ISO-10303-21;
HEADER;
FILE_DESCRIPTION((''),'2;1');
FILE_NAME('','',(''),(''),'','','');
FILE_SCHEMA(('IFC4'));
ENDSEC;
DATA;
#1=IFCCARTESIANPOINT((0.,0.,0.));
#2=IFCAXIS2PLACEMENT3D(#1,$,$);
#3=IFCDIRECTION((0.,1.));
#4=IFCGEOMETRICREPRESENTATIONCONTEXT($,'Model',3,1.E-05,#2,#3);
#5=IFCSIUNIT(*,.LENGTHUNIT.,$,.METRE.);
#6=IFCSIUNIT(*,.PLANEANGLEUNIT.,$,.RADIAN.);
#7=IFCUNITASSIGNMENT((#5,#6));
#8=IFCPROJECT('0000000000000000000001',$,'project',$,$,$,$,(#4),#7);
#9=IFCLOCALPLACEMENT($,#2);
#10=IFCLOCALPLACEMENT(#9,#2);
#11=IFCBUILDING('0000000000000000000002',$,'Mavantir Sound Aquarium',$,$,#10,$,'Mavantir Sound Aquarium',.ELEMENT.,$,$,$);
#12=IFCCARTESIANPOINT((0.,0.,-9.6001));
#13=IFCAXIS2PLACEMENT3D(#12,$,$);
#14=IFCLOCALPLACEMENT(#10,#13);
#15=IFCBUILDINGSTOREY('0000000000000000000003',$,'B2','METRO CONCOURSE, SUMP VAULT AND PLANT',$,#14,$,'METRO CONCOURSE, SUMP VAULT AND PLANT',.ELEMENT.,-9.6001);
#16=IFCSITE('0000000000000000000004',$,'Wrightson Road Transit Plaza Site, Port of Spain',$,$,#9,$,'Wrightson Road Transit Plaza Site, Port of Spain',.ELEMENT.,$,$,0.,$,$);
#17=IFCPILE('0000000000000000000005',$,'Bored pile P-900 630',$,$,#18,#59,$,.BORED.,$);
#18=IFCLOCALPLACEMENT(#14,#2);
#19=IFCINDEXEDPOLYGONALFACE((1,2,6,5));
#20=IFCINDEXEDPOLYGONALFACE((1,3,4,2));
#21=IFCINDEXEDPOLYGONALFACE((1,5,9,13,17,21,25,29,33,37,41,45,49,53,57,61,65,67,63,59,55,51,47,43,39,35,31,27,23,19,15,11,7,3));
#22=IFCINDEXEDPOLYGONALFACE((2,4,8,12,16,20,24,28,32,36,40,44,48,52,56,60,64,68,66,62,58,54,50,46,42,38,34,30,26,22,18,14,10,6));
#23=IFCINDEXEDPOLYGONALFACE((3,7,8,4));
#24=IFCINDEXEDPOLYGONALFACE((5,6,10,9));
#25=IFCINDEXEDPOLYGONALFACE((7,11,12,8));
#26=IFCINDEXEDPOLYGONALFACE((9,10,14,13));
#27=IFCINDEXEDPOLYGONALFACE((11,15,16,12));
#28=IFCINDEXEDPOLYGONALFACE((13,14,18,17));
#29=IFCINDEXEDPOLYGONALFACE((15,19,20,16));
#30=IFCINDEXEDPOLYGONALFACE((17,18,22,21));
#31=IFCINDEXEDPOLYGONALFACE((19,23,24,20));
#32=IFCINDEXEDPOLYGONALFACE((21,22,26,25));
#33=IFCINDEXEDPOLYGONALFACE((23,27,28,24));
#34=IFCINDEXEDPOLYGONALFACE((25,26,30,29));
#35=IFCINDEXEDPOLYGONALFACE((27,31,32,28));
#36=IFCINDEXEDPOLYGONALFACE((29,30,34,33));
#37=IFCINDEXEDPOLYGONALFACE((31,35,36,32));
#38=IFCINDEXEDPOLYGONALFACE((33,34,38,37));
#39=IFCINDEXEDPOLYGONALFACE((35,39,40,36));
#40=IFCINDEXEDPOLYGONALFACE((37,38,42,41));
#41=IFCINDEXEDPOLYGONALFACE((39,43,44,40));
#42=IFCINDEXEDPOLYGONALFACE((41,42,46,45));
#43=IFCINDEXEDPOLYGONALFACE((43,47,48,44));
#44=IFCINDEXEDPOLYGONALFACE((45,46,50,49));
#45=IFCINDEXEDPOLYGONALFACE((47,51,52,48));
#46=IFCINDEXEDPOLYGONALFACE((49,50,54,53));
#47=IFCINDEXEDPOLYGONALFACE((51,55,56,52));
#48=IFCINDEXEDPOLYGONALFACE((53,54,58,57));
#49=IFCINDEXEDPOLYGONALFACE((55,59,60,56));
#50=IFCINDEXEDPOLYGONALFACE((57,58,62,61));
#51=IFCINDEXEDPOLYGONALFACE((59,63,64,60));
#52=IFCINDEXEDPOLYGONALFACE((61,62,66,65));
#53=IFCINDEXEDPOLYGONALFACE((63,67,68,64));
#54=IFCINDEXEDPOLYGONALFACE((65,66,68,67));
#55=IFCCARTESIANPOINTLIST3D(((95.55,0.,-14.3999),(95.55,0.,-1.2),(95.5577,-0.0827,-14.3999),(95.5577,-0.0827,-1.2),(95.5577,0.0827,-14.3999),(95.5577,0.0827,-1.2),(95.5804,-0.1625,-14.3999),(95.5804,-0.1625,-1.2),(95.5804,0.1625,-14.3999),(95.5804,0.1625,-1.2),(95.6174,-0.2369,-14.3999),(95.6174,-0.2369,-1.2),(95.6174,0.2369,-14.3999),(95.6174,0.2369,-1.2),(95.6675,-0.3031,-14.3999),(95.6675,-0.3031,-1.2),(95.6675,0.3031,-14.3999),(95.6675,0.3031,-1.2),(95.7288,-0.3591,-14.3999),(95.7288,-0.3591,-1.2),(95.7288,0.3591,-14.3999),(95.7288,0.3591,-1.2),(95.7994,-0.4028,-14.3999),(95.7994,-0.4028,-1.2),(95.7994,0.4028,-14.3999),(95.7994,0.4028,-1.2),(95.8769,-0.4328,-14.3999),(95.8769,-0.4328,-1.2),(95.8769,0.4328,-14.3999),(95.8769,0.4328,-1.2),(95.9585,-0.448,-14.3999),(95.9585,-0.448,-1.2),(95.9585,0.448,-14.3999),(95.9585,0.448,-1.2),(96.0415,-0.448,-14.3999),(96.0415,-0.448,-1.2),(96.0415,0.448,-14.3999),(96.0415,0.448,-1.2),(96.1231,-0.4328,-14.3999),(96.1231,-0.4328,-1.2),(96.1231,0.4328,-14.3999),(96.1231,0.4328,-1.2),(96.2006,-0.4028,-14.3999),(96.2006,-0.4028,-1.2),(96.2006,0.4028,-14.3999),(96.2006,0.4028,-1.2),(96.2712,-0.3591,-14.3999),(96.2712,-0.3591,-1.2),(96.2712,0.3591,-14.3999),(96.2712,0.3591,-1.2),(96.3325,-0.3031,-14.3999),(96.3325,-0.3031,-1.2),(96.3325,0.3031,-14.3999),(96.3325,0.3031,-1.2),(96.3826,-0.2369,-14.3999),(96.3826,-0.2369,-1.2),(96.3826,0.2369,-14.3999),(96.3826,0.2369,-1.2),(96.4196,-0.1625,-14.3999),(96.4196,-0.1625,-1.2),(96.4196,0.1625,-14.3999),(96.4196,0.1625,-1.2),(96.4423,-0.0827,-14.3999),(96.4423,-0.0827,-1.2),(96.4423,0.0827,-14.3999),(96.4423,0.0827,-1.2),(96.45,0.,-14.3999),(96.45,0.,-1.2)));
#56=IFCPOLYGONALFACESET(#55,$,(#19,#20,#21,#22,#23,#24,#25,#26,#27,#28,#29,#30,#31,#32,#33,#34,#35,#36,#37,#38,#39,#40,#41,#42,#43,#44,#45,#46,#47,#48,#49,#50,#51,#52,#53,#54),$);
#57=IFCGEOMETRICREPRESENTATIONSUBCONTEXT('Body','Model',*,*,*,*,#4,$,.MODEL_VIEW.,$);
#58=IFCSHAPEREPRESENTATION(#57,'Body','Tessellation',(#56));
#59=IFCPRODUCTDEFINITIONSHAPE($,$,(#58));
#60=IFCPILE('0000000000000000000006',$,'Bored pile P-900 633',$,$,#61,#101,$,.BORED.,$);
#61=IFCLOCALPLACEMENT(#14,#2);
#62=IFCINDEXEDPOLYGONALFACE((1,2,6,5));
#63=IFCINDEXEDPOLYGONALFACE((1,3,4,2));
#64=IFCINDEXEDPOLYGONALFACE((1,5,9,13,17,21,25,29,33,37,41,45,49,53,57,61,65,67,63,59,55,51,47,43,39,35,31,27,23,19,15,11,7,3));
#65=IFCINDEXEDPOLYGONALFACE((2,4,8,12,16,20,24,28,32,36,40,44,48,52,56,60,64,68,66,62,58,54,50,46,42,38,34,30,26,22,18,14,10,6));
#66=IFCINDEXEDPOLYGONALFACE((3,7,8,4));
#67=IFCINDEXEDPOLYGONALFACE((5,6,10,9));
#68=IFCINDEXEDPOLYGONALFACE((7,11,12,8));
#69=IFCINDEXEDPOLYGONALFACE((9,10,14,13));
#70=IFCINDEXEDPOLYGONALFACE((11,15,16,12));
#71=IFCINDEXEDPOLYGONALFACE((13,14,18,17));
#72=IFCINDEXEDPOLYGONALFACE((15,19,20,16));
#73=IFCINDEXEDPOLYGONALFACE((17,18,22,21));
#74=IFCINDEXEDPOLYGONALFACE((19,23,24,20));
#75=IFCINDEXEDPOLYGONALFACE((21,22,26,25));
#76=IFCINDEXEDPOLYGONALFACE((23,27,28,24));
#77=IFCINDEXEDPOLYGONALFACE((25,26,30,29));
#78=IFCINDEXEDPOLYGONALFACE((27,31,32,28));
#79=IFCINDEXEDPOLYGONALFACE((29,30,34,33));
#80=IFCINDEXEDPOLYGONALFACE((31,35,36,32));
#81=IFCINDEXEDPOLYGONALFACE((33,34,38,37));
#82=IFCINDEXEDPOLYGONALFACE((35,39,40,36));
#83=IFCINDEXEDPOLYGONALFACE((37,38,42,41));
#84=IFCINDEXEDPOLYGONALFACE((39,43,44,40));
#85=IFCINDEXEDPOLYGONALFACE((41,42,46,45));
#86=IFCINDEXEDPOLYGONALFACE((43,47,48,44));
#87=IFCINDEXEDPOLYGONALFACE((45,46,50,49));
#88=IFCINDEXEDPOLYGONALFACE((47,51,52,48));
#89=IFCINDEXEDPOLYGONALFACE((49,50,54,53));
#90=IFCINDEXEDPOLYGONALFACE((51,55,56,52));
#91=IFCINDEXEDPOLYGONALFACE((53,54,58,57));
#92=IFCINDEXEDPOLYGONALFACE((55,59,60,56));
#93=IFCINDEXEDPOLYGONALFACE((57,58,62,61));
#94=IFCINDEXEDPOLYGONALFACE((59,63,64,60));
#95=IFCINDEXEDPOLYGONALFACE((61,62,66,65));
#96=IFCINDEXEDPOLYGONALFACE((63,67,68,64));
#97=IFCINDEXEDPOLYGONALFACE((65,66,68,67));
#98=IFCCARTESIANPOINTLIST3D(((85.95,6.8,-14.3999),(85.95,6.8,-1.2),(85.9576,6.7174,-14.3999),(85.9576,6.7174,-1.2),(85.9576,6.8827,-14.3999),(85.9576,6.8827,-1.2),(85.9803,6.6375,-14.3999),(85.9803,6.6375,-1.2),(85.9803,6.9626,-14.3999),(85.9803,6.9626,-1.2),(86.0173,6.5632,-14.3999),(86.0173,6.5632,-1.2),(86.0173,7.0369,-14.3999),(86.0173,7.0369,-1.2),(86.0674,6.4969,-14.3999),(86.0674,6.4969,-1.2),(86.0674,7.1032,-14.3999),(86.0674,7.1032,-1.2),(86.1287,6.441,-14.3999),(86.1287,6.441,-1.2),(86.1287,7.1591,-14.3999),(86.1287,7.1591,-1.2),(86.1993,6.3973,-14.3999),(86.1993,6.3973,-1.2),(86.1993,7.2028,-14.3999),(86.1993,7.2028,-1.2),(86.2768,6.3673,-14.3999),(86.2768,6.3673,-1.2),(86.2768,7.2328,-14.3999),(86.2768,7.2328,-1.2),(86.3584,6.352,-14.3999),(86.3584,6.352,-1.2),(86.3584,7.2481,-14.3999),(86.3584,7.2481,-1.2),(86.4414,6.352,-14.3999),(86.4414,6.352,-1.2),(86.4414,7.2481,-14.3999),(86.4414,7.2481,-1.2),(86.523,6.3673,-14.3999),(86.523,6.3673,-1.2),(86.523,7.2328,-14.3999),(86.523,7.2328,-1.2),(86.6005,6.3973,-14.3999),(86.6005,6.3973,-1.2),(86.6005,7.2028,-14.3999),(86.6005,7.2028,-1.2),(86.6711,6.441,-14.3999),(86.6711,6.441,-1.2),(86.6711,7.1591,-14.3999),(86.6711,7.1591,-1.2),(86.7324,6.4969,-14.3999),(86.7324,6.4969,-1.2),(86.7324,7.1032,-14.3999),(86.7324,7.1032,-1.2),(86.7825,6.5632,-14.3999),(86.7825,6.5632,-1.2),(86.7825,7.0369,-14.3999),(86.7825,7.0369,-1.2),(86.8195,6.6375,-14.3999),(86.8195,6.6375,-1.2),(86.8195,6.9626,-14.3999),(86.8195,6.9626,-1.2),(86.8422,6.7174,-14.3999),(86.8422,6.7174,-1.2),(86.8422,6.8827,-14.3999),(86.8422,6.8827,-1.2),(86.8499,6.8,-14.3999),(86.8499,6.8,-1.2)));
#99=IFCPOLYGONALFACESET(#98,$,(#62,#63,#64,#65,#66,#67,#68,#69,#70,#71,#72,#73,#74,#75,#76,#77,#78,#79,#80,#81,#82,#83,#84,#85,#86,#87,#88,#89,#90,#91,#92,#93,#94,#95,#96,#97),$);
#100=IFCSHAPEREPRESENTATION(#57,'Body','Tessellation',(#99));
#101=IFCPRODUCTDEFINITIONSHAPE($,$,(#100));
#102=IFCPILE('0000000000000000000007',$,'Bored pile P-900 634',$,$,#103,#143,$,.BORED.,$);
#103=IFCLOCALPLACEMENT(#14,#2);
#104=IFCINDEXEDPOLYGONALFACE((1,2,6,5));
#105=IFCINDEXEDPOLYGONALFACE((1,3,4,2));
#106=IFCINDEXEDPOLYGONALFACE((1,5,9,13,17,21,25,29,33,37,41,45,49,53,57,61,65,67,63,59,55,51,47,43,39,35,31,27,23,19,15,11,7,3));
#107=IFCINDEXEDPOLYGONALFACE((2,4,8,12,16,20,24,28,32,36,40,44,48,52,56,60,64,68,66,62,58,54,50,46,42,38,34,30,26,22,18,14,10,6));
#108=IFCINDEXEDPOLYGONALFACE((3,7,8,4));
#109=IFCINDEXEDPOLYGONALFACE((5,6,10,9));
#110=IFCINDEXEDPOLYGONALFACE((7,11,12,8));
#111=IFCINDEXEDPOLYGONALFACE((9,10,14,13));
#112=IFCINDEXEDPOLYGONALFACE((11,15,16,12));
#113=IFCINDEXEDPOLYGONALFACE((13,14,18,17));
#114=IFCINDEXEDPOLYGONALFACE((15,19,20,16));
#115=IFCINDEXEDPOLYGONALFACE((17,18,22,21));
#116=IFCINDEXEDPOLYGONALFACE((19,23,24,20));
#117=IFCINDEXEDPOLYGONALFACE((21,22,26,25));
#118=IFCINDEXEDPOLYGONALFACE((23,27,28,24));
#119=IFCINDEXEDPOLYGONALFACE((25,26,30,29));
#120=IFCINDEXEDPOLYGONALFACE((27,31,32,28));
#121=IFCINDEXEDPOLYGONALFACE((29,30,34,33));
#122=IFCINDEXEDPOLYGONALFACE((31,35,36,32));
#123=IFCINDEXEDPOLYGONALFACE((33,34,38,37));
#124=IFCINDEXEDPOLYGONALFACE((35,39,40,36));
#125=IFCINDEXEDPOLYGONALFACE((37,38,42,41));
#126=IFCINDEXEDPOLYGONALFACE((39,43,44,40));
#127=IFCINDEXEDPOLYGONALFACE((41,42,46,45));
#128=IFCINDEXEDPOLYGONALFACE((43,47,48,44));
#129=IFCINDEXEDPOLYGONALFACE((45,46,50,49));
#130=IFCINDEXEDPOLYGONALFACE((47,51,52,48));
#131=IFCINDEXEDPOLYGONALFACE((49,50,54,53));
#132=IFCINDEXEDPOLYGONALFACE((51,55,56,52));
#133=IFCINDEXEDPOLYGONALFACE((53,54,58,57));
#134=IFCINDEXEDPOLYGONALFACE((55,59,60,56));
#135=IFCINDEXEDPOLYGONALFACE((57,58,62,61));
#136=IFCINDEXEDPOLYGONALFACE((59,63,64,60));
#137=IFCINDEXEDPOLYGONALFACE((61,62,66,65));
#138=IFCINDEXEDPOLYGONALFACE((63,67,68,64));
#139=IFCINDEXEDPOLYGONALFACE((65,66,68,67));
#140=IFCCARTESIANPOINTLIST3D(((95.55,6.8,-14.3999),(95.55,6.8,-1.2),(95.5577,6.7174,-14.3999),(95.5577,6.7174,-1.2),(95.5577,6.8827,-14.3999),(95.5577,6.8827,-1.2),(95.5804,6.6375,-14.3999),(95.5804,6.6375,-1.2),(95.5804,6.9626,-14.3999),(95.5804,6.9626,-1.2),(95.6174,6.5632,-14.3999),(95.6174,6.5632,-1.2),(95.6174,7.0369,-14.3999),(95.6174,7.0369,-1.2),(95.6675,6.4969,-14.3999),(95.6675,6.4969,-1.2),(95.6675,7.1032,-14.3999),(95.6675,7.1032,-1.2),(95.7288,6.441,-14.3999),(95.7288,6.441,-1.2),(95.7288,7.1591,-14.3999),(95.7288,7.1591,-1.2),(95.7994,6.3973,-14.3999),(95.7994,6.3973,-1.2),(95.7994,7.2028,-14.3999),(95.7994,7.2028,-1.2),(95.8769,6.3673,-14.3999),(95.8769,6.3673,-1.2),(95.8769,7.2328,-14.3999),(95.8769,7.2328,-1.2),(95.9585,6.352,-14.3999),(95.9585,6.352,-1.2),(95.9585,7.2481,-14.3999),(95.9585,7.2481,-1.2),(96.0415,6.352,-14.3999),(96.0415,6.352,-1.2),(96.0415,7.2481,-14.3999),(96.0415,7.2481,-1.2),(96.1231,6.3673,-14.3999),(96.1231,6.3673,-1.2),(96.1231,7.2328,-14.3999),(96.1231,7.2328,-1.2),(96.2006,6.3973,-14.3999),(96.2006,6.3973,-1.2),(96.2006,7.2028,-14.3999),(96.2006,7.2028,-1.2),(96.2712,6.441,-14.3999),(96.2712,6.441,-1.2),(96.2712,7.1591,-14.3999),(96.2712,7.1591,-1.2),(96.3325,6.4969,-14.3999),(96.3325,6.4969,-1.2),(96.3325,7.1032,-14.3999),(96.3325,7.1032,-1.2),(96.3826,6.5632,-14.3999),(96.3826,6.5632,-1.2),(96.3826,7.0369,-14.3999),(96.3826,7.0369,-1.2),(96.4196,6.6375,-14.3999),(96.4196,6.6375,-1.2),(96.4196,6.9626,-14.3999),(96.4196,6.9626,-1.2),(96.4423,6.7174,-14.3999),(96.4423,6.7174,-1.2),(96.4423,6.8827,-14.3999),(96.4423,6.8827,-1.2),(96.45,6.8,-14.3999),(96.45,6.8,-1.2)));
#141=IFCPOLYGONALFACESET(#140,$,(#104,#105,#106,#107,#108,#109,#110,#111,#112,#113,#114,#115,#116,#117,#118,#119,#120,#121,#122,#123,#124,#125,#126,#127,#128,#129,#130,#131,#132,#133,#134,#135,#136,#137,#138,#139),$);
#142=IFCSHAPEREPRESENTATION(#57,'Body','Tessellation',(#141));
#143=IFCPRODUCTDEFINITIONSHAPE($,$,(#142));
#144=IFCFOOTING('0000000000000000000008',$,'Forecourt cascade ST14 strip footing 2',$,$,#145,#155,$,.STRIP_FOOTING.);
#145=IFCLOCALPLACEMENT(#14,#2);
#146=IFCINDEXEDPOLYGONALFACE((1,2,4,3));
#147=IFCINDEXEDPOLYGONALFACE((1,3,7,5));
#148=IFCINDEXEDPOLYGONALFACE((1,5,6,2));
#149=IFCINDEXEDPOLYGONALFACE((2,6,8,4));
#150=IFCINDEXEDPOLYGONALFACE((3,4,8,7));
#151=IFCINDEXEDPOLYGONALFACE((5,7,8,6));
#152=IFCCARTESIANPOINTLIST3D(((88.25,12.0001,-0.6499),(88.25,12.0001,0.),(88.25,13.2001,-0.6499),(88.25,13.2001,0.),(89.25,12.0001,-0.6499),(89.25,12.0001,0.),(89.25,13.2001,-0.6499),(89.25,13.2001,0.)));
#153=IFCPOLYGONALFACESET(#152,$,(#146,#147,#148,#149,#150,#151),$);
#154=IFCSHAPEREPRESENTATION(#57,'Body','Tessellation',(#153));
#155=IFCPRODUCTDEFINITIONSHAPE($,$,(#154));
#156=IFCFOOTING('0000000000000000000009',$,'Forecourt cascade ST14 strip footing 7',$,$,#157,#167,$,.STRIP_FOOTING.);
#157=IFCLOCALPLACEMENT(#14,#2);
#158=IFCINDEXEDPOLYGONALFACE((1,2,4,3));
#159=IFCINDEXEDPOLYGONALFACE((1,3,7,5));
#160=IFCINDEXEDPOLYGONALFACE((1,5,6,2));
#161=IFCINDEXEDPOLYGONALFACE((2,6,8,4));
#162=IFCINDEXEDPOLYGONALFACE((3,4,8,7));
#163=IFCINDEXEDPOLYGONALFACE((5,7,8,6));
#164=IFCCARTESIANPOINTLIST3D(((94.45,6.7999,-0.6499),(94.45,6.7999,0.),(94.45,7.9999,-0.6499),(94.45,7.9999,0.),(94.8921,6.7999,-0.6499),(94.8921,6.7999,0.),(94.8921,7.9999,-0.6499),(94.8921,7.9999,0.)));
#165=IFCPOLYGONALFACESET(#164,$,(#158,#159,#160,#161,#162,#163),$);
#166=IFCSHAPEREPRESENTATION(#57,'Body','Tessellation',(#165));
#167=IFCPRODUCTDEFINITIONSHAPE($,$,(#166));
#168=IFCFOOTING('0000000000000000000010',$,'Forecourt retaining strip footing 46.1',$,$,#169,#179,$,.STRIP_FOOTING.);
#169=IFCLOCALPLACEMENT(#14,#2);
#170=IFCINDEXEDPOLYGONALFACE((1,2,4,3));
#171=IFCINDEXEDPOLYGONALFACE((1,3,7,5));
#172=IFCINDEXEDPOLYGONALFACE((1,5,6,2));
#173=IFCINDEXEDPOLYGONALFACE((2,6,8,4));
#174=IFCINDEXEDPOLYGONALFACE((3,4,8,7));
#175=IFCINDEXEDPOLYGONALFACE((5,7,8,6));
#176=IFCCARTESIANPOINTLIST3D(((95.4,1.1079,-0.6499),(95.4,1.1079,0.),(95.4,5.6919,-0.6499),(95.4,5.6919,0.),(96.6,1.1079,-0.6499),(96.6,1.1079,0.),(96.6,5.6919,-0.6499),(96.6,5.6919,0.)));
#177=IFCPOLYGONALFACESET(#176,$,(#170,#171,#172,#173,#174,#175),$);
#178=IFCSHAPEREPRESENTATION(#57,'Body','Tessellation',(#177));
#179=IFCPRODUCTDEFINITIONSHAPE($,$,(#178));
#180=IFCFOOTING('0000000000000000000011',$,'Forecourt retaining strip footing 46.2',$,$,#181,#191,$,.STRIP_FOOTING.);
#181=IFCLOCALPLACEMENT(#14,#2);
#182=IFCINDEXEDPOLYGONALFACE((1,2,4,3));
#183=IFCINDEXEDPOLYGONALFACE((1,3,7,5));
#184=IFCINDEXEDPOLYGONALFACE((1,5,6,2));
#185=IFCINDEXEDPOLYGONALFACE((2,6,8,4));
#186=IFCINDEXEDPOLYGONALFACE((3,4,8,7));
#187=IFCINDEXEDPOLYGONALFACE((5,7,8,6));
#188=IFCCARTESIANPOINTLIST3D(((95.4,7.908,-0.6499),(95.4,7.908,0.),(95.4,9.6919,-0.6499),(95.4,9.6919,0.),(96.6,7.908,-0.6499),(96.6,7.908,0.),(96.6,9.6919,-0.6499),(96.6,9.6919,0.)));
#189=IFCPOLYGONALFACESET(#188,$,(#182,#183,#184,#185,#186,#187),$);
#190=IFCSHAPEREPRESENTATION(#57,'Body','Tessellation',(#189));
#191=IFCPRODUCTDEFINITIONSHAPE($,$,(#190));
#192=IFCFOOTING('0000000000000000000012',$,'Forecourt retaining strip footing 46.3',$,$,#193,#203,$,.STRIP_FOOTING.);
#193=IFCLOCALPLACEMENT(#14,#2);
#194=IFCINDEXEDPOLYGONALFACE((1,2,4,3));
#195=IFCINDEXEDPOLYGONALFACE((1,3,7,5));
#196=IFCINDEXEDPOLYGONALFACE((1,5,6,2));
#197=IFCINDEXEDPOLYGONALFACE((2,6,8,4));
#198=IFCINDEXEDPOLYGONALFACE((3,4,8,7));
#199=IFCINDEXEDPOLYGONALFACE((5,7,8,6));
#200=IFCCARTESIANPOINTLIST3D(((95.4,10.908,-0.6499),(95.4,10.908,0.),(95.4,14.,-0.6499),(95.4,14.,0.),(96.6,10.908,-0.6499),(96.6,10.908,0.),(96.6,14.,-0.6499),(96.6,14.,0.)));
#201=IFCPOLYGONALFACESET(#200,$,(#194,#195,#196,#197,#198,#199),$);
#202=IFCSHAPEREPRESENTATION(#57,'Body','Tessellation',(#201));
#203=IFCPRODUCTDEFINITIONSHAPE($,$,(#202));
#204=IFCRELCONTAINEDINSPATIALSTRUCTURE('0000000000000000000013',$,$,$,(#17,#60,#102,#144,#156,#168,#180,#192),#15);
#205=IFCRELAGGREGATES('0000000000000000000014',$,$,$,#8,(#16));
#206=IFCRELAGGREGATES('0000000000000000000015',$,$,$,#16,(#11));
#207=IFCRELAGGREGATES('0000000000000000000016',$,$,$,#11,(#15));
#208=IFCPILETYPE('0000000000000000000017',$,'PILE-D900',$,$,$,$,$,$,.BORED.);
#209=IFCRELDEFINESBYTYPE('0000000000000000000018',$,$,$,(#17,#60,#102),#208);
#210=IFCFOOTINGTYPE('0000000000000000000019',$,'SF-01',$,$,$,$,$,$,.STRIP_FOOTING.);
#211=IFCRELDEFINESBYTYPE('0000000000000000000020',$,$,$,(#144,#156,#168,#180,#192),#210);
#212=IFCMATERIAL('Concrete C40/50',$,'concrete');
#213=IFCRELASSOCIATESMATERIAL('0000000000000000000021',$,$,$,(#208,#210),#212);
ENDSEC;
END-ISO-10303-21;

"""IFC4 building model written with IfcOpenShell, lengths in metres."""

from ifc_helpers import new_model, si_unit, direction, frame, origin, origin_2d, place, context, subcontext, project, spatial, rectangle, circle, extrude, material, material_profile, profile_set, type_object, element, save


model = new_model("IFC4")

# Units and contexts
model_context = context("Model", 3, precision=1e-05, world=origin(), true_north=direction((0.0, 1.0)))
body_context = subcontext(model_context, "Body", "Model", "MODEL_VIEW")
ifc_project = project(units=[si_unit("LENGTHUNIT", "METRE"), si_unit("PLANEANGLEUNIT", "RADIAN")], contexts=[model_context])

# Site, building, storey
site_placement = place(None, origin())
site = spatial("IfcSite", under=ifc_project, at=site_placement, Name="Wrightson Road Transit Plaza Site, Port of Spain", LongName="Wrightson Road Transit Plaza Site, Port of Spain", CompositionType="ELEMENT", RefElevation=0.0)
building_placement = place(site_placement, origin())
building = spatial("IfcBuilding", under=site, at=building_placement, Name="Mavantir Sound Aquarium", LongName="Mavantir Sound Aquarium", CompositionType="ELEMENT")
storey_placement = place(building_placement, frame((0.0, 0.0, -9.6001)))
storey = spatial("IfcBuildingStorey", under=building, at=storey_placement, Name="B2", Description="METRO CONCOURSE, SUMP VAULT AND PLANT", LongName="METRO CONCOURSE, SUMP VAULT AND PLANT", CompositionType="ELEMENT", Elevation=-9.6001)

# Shared definitions
ifc_material_1 = material(Name="Concrete C40/50", Category="concrete")

# Piles
ifc_material_profile_1 = material_profile(ifc_material_1, circle(Radius=0.45, at=origin_2d()), Name="PILE D900")
ifc_profile_set_1 = profile_set([ifc_material_profile_1], Name="Concrete C40/50")
pile_type = type_object("IfcPileType", Name="PILE-D900", PredefinedType="BORED", material=ifc_profile_set_1)
for number, where, z_axis, x_axis, name in (
    (1, (96.0, 0.0, -1.2), (0.0, 0.0, -1.0), (1.0, 0.0, 0.0), "Bored pile P-900 630"),
    (2, (86.3999, 6.8, -1.2), (0.0, 0.0, -1.0), (1.0, 0.0, 0.0), "Bored pile P-900 633"),
    (3, (96.0, 6.8, -1.2), (0.0, 0.0, -1.0), (1.0, 0.0, 0.0), "Bored pile P-900 634"),
):
    element("IfcPile", number, at=place(storey_placement, frame(where, z_axis=z_axis, x_axis=x_axis)), inside=storey, type_object=pile_type, Name=name, PredefinedType="BORED", context=body_context, shape_type="SweptSolid", body=[
        extrude(circle(Radius=0.45, at=origin_2d()), origin(), (0.0, 0.0, 1.0), 13.2),
    ])

# Footings
ifc_material_profile_2 = material_profile(ifc_material_1, rectangle(XDim=1.2, YDim=0.6499, at=origin_2d()), Name="RC 1200X650")
ifc_profile_set_2 = profile_set([ifc_material_profile_2], Name="Concrete C40/50")
footing_type_1 = type_object("IfcFootingType", Name="SF-01", PredefinedType="STRIP_FOOTING", material=ifc_profile_set_2)
footing_1_placement = place(storey_placement, frame((88.25, 12.6001, -0.325), z_axis=(1.0, 0.0, 0.0), x_axis=(0.0, 1.0, 0.0)))
element("IfcFooting", 4, at=footing_1_placement, inside=storey, type_object=footing_type_1, Name="Forecourt cascade ST14 strip footing 2", PredefinedType="STRIP_FOOTING", context=body_context, shape_type="SweptSolid", body=[
    extrude(rectangle(XDim=1.2, YDim=0.6499, at=origin_2d()), origin(), (0.0, 0.0, 1.0), 1.0),
])
footing_2_placement = place(storey_placement, frame((94.45, 7.3999, -0.325), z_axis=(1.0, 0.0, 0.0), x_axis=(0.0, 1.0, 0.0)))
element("IfcFooting", 5, at=footing_2_placement, inside=storey, type_object=footing_type_1, Name="Forecourt cascade ST14 strip footing 7", PredefinedType="STRIP_FOOTING", context=body_context, shape_type="SweptSolid", body=[
    extrude(rectangle(XDim=1.2, YDim=0.6499, at=origin_2d()), origin(), (0.0, 0.0, 1.0), 0.4421),
])
footing_3_placement = place(storey_placement, frame((96.0, 1.1079, -0.325), z_axis=(0.0, 1.0, 0.0), x_axis=(-1.0, 0.0, 0.0)))
element("IfcFooting", 6, at=footing_3_placement, inside=storey, type_object=footing_type_1, Name="Forecourt retaining strip footing 46.1", PredefinedType="STRIP_FOOTING", context=body_context, shape_type="SweptSolid", body=[
    extrude(rectangle(XDim=1.2, YDim=0.6499, at=origin_2d()), origin(), (0.0, 0.0, 1.0), 4.584),
])
footing_4_placement = place(storey_placement, frame((96.0, 7.908, -0.325), z_axis=(0.0, 1.0, 0.0), x_axis=(-1.0, 0.0, 0.0)))
element("IfcFooting", 7, at=footing_4_placement, inside=storey, type_object=footing_type_1, Name="Forecourt retaining strip footing 46.2", PredefinedType="STRIP_FOOTING", context=body_context, shape_type="SweptSolid", body=[
    extrude(rectangle(XDim=1.2, YDim=0.6499, at=origin_2d()), origin(), (0.0, 0.0, 1.0), 1.7839),
])
footing_5_placement = place(storey_placement, frame((96.0, 10.908, -0.325), z_axis=(0.0, 1.0, 0.0), x_axis=(-1.0, 0.0, 0.0)))
element("IfcFooting", 8, at=footing_5_placement, inside=storey, type_object=footing_type_1, Name="Forecourt retaining strip footing 46.3", PredefinedType="STRIP_FOOTING", context=body_context, shape_type="SweptSolid", body=[
    extrude(rectangle(XDim=1.2, YDim=0.6499, at=origin_2d()), origin(), (0.0, 0.0, 1.0), 3.092),
])

save(model, "model.ifc")
